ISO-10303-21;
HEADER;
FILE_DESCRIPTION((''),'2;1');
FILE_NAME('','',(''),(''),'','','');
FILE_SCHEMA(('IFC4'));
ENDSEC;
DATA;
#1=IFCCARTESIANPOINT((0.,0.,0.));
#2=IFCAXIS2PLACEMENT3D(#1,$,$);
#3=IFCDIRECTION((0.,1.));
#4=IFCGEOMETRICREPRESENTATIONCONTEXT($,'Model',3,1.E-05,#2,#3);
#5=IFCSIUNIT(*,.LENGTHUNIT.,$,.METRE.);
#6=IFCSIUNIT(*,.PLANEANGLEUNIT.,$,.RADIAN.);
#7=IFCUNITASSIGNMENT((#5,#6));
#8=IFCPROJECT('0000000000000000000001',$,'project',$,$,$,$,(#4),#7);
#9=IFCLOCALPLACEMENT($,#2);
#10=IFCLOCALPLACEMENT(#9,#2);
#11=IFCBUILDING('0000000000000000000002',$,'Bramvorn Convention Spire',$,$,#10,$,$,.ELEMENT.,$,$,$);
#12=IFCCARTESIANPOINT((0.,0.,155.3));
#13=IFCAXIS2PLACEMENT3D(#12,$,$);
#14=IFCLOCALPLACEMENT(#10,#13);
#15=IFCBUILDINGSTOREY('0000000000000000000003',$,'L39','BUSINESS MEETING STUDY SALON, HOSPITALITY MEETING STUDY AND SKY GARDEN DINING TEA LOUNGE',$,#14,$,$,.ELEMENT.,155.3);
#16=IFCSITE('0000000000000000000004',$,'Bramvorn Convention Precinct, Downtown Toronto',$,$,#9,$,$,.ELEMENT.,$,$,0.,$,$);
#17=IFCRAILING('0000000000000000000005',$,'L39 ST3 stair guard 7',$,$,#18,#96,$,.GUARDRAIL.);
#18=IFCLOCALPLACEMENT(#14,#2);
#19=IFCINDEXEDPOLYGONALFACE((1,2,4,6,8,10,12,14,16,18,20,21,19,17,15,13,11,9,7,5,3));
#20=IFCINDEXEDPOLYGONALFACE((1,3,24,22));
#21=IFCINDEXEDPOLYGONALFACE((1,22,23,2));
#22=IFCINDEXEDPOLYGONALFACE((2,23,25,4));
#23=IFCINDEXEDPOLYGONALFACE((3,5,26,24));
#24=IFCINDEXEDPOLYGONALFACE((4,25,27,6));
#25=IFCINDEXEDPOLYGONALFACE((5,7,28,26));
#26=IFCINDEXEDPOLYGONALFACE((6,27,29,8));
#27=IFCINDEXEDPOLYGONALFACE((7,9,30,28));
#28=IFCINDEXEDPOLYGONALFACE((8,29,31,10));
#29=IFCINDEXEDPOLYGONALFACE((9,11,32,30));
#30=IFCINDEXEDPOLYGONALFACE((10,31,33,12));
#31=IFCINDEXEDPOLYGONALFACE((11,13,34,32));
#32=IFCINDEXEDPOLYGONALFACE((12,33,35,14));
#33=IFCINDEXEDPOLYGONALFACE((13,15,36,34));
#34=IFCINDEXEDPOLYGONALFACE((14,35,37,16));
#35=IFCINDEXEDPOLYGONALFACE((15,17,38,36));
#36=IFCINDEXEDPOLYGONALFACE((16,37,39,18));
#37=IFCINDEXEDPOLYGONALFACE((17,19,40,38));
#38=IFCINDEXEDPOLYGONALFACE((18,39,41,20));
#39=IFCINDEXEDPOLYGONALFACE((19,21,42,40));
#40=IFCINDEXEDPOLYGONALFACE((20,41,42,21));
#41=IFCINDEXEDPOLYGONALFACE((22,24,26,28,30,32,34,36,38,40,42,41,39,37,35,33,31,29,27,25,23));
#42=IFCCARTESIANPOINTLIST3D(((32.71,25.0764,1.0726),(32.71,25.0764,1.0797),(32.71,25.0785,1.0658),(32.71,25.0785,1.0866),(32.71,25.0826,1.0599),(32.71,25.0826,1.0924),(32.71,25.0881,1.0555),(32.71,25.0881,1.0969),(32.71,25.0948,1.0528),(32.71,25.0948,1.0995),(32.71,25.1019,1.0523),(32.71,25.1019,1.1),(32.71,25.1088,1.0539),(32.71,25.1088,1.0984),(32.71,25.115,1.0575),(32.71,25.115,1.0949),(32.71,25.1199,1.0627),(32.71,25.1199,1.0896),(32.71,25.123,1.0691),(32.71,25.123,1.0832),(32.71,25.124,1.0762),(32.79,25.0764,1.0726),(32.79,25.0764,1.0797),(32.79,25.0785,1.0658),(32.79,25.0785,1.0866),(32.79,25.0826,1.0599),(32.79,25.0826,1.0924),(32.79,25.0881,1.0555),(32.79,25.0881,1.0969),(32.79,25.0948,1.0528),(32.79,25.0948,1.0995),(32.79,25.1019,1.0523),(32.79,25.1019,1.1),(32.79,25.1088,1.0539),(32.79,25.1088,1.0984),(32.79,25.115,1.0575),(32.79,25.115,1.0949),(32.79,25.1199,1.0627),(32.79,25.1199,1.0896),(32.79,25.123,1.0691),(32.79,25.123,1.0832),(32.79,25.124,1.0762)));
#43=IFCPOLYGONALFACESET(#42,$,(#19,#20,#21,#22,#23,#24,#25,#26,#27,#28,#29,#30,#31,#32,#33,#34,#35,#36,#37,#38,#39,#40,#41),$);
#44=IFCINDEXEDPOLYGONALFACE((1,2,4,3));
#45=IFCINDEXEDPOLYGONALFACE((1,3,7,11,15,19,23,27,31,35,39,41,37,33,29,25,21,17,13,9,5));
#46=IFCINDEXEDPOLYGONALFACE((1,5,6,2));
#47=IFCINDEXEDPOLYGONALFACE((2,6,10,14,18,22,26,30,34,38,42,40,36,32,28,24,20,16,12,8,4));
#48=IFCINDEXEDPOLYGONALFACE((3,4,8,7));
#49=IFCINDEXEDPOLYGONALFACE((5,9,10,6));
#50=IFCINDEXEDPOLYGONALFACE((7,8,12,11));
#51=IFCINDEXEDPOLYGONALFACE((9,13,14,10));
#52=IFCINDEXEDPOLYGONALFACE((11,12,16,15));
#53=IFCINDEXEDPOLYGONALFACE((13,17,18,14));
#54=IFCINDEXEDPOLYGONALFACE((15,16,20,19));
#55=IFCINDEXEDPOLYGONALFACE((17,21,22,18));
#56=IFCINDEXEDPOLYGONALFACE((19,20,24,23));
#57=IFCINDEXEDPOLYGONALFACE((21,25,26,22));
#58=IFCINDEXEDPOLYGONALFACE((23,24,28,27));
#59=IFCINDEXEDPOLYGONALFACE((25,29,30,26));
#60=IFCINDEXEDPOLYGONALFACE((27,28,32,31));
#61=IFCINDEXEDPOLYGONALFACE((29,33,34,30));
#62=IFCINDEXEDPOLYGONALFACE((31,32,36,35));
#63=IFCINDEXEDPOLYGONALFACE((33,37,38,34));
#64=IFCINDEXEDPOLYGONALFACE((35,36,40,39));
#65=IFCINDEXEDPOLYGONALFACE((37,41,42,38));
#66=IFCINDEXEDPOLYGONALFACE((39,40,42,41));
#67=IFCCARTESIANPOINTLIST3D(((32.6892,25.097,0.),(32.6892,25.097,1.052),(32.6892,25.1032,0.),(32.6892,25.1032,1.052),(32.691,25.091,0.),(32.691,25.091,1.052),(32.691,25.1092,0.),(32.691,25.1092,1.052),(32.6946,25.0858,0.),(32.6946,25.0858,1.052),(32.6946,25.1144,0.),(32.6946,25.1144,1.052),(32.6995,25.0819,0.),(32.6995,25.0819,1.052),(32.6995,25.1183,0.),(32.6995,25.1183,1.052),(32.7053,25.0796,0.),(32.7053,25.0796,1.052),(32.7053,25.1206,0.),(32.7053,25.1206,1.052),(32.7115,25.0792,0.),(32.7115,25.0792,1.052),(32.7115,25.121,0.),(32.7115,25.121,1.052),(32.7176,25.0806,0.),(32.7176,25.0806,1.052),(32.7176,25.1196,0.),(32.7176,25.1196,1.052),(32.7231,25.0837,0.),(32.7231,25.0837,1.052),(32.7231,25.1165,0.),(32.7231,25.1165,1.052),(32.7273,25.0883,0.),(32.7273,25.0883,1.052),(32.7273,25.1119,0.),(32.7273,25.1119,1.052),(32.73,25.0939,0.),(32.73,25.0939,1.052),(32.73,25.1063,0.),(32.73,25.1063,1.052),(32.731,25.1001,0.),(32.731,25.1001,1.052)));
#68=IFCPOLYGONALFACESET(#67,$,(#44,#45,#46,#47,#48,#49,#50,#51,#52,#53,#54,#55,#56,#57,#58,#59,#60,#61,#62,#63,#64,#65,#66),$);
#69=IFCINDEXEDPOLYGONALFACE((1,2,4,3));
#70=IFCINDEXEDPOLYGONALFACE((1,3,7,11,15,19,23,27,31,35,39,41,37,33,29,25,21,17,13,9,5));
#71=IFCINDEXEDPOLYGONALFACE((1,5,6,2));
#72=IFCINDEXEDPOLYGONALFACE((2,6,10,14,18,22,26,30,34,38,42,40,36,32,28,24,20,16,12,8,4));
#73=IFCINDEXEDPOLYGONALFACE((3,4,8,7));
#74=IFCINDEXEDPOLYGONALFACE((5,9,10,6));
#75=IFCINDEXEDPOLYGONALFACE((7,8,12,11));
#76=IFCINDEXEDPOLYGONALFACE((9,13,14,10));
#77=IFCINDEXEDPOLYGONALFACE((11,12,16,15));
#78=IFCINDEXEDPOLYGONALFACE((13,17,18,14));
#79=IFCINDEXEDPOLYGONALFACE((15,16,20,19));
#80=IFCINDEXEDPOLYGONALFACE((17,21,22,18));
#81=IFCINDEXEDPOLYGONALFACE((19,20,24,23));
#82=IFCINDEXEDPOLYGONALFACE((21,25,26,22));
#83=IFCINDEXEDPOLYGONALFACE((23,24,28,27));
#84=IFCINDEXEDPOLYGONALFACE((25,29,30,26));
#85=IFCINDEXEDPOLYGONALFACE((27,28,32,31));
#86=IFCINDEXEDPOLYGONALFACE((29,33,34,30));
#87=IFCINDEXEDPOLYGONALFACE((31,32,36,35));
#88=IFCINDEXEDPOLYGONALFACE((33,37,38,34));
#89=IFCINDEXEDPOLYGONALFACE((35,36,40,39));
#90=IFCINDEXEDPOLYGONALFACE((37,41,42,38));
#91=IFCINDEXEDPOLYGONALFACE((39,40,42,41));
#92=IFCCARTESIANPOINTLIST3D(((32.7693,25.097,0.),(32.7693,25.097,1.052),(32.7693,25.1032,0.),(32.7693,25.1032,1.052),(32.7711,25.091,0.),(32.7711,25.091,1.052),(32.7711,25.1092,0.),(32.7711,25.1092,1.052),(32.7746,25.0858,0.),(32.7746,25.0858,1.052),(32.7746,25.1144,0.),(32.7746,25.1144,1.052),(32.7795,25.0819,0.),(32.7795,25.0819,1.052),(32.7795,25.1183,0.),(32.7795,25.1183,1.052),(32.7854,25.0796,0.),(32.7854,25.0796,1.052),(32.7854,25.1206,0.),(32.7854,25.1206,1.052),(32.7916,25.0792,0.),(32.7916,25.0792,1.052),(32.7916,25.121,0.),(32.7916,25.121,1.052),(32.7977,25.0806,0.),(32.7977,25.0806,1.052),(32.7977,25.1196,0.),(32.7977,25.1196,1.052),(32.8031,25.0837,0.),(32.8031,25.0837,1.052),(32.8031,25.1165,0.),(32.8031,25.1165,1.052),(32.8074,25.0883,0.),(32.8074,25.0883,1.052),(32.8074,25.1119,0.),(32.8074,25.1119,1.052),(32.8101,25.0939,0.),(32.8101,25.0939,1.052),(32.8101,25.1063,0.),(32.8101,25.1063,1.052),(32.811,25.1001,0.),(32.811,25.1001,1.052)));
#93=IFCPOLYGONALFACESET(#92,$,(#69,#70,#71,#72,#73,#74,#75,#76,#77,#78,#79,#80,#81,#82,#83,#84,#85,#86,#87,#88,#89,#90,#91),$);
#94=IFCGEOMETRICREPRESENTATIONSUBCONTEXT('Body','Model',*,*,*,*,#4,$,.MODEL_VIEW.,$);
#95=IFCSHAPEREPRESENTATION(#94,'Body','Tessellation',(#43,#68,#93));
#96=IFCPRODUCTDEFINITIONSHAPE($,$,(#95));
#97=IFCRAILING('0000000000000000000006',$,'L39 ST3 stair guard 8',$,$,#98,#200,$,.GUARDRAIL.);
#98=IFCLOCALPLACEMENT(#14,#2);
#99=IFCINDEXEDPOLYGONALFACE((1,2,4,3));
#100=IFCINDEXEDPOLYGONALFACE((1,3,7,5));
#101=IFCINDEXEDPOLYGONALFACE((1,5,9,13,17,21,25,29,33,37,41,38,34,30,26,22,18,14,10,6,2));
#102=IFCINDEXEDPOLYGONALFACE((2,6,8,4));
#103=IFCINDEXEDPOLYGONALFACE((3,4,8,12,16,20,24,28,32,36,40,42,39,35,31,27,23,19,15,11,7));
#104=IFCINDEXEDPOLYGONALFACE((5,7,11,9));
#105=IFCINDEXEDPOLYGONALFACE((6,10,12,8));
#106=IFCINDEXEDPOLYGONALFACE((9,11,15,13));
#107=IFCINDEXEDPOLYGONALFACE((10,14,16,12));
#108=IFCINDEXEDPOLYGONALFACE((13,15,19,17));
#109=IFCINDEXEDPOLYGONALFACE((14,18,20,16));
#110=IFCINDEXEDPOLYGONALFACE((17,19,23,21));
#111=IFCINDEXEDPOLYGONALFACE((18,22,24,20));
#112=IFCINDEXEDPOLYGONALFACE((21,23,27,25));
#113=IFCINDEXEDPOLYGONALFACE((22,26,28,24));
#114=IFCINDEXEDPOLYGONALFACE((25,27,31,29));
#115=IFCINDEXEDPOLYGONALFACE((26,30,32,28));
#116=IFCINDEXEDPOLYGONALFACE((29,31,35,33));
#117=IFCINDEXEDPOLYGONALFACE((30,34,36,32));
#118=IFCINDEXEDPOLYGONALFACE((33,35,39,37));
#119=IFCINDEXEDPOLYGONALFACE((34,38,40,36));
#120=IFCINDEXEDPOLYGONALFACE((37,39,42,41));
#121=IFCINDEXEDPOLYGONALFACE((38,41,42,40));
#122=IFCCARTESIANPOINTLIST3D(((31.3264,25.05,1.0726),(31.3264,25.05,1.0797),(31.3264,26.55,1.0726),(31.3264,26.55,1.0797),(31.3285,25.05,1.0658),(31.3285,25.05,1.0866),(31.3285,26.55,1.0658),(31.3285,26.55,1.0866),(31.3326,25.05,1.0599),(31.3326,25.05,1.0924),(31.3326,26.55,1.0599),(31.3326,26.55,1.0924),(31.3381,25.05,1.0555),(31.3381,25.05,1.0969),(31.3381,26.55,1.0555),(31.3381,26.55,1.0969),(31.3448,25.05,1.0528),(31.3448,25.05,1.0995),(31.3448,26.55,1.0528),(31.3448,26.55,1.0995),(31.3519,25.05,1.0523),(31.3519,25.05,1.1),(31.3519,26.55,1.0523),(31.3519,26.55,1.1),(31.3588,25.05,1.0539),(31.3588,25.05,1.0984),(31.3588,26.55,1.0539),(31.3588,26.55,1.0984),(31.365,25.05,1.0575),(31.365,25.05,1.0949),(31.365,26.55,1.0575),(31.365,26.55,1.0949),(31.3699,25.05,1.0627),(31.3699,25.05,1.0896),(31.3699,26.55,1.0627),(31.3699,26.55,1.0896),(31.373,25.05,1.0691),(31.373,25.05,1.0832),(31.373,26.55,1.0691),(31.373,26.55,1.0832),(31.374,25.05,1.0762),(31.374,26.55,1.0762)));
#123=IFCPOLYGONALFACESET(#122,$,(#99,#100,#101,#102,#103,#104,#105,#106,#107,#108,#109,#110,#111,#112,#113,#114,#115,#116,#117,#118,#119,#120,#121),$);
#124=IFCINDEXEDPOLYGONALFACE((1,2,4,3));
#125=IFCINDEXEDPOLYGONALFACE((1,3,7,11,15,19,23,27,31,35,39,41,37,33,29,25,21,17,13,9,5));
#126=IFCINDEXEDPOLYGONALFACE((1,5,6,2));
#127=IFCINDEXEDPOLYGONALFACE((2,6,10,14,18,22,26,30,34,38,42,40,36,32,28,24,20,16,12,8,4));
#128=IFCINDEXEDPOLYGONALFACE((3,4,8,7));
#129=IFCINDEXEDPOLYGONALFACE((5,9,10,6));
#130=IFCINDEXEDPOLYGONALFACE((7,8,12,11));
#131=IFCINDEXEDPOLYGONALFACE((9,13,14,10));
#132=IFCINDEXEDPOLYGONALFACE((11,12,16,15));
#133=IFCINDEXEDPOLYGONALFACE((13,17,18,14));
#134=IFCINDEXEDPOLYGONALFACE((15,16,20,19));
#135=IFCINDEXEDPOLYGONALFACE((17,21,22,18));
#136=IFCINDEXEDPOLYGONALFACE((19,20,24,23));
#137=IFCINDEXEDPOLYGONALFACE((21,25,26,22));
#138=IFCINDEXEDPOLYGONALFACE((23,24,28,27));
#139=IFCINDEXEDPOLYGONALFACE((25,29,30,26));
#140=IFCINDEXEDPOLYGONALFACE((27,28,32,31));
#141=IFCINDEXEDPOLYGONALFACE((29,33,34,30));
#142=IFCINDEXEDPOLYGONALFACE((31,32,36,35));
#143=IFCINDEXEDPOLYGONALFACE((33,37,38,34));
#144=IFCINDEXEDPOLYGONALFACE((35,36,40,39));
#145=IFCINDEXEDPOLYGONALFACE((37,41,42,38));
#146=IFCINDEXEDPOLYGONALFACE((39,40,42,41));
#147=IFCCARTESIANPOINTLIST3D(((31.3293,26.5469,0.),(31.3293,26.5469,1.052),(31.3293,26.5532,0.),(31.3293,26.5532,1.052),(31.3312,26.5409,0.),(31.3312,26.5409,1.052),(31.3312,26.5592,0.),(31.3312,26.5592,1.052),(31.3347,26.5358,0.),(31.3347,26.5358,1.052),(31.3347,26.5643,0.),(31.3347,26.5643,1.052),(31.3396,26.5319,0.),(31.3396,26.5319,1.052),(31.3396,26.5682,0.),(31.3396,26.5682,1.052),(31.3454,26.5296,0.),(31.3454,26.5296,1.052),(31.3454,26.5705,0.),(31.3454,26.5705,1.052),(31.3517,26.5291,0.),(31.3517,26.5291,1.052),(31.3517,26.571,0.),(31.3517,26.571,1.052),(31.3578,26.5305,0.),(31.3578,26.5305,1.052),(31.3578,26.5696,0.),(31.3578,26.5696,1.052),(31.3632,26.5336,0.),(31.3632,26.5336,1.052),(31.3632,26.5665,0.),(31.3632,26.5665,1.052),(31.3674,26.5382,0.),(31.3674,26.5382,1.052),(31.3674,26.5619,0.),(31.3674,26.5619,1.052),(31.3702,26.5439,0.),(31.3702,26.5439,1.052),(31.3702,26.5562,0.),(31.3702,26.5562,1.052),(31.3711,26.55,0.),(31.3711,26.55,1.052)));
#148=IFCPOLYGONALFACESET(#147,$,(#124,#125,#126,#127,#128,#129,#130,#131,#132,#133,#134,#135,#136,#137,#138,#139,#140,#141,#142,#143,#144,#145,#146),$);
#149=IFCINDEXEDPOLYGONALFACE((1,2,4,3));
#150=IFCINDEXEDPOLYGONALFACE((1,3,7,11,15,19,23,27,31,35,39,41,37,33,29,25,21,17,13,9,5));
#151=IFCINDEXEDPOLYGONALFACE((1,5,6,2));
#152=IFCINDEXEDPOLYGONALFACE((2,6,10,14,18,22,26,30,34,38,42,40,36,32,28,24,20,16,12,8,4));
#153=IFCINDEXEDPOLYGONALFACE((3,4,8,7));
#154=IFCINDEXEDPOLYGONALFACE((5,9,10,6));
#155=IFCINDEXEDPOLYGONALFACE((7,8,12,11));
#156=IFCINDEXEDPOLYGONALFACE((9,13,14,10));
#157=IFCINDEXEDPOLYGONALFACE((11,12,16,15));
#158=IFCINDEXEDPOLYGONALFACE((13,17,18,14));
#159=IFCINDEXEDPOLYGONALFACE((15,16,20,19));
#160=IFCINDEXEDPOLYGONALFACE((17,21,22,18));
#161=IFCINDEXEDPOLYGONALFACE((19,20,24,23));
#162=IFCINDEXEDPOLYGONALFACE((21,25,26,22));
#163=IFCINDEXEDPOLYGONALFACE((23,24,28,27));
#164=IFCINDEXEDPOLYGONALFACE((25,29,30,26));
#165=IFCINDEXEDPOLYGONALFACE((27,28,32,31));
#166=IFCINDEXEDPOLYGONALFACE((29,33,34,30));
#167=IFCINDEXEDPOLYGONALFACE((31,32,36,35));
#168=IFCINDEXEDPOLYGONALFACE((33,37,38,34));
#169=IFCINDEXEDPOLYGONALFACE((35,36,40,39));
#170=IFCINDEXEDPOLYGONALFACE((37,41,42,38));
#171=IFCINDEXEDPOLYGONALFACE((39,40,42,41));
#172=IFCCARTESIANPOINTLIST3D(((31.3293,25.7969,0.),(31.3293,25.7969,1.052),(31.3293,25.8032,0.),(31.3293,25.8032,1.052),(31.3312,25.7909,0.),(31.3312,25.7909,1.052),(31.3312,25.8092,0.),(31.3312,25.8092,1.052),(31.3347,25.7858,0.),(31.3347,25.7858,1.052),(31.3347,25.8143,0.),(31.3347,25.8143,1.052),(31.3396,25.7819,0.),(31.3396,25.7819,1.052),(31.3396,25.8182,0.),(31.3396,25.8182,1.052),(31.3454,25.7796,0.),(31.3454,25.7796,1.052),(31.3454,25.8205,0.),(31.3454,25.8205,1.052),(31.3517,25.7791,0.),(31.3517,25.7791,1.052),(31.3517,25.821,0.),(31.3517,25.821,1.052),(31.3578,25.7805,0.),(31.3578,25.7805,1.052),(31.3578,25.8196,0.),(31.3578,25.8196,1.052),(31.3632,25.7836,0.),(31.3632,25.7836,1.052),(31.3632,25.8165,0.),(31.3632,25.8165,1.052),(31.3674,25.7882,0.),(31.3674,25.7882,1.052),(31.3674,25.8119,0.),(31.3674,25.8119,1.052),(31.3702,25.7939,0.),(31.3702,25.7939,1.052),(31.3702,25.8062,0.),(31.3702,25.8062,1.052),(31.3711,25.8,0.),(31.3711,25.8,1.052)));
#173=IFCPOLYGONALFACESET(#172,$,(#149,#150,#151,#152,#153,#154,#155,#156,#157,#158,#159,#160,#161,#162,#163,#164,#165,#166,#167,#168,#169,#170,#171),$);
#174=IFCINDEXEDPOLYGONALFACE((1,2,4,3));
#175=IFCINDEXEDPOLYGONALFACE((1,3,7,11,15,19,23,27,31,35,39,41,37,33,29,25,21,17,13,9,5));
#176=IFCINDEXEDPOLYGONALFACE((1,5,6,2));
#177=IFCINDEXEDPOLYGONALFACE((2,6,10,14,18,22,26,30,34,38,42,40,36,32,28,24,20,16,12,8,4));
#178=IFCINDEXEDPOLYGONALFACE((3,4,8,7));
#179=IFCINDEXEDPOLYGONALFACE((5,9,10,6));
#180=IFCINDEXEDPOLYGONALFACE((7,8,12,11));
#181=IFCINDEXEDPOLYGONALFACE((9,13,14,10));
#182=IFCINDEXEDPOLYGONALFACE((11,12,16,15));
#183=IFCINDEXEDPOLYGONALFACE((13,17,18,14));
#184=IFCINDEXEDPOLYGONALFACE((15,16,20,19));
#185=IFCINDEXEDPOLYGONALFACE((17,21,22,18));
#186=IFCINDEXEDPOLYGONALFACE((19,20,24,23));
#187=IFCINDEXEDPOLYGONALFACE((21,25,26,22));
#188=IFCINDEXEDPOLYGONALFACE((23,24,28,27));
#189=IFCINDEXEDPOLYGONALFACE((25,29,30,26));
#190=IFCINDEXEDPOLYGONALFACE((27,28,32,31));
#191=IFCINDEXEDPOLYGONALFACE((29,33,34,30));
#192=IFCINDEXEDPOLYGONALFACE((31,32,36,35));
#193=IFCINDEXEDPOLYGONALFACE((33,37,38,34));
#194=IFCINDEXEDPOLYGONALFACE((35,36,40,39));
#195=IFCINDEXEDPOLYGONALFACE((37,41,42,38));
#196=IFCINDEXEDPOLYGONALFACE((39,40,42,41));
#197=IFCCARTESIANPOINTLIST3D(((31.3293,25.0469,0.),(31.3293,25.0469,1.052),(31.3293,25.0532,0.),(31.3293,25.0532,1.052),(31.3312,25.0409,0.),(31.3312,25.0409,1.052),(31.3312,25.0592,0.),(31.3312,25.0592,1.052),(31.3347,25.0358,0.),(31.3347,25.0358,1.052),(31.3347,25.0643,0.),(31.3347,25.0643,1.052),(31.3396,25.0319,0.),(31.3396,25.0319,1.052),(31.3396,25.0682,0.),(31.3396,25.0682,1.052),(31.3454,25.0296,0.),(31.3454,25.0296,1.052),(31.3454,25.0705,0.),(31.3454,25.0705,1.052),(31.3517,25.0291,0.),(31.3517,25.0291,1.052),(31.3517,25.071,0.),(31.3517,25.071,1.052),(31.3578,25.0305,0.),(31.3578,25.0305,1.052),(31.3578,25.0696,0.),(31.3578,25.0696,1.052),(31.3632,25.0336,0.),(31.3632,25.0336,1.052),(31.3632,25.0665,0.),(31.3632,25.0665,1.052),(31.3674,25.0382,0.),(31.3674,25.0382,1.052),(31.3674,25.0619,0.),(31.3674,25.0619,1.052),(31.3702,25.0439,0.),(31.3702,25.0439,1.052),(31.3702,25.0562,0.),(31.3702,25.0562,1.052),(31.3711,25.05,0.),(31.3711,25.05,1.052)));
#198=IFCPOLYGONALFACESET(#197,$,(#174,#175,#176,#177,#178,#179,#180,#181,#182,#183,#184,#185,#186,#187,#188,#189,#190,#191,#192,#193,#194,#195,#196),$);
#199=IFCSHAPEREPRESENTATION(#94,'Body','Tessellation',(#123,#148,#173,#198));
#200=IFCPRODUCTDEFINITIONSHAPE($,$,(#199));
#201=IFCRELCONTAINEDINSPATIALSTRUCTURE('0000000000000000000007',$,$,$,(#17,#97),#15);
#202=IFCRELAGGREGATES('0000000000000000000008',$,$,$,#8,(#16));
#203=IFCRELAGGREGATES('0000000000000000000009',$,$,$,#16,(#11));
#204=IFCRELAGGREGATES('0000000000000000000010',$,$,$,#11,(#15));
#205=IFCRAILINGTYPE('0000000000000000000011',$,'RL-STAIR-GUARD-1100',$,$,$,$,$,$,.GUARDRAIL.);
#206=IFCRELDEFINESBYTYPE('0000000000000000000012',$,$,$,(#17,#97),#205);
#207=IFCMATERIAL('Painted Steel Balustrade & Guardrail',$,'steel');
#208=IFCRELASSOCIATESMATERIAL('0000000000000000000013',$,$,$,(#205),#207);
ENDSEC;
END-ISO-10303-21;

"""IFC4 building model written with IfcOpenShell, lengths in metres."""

from ifc_helpers import new_model, si_unit, direction, frame, origin, origin_2d, place, context, subcontext, project, spatial, circle, extrude, material, type_object, element, save


model = new_model("IFC4")

# Units and contexts
model_context = context("Model", 3, precision=1e-05, world=origin(), true_north=direction((0.0, 1.0)))
body_context = subcontext(model_context, "Body", "Model", "MODEL_VIEW")
ifc_project = project(units=[si_unit("LENGTHUNIT", "METRE"), si_unit("PLANEANGLEUNIT", "RADIAN")], contexts=[model_context])

# Site, building, storey
site_placement = place(None, origin())
site = spatial("IfcSite", under=ifc_project, at=site_placement, Name="Bramvorn Convention Precinct, Downtown Toronto", CompositionType="ELEMENT", RefElevation=0.0)
building_placement = place(site_placement, origin())
building = spatial("IfcBuilding", under=site, at=building_placement, Name="Bramvorn Convention Spire", CompositionType="ELEMENT")
storey_placement = place(building_placement, frame((0.0, 0.0, 155.3)))
storey = spatial("IfcBuildingStorey", under=building, at=storey_placement, Name="L39", Description="BUSINESS MEETING STUDY SALON, HOSPITALITY MEETING STUDY AND SKY GARDEN DINING TEA LOUNGE", CompositionType="ELEMENT", Elevation=155.3)

# Railings
ifc_material_1 = material(Name="Painted Steel Balustrade & Guardrail", Category="steel")
railing_type_1 = type_object("IfcRailingType", Name="RL-STAIR-GUARD-1100", PredefinedType="GUARDRAIL", material=ifc_material_1)
railing_1_placement = place(storey_placement, frame((32.71, 25.1001, 0.0)))
element("IfcRailing", 1, at=railing_1_placement, inside=storey, type_object=railing_type_1, Name="L39 ST3 stair guard 7", PredefinedType="GUARDRAIL", context=body_context, shape_type="SweptSolid", body=[
    extrude(circle(Radius=0.0239, at=origin_2d()), frame((0.0, 0.0, 1.0762), z_axis=(1.0, 0.0, 0.0), x_axis=(0.0, 1.0, 0.0)), (0.0, 0.0, 1.0), 0.0801),
    extrude(circle(Radius=0.021, at=origin_2d()), origin(), (0.0, 0.0, 1.0), 1.052),
    extrude(circle(Radius=0.021, at=origin_2d()), frame((0.0801, 0.0, 0.0)), (0.0, 0.0, 1.0), 1.052),
])
railing_2_placement = place(storey_placement, frame((31.3501, 26.55, 0.0)))
element("IfcRailing", 2, at=railing_2_placement, inside=storey, type_object=railing_type_1, Name="L39 ST3 stair guard 8", PredefinedType="GUARDRAIL", context=body_context, shape_type="SweptSolid", body=[
    extrude(circle(Radius=0.0239, at=origin_2d()), frame((0.0, 0.0, 1.0762), z_axis=(0.0, -1.0, 0.0), x_axis=(1.0, 0.0, 0.0)), (0.0, 0.0, 1.0), 1.5),
    extrude(circle(Radius=0.021, at=origin_2d()), origin(), (0.0, 0.0, 1.0), 1.052),
    extrude(circle(Radius=0.021, at=origin_2d()), frame((0.0, -0.75, 0.0)), (0.0, 0.0, 1.0), 1.052),
    extrude(circle(Radius=0.021, at=origin_2d()), frame((0.0, -1.5, 0.0)), (0.0, 0.0, 1.0), 1.052),
])

save(model, "model.ifc")
